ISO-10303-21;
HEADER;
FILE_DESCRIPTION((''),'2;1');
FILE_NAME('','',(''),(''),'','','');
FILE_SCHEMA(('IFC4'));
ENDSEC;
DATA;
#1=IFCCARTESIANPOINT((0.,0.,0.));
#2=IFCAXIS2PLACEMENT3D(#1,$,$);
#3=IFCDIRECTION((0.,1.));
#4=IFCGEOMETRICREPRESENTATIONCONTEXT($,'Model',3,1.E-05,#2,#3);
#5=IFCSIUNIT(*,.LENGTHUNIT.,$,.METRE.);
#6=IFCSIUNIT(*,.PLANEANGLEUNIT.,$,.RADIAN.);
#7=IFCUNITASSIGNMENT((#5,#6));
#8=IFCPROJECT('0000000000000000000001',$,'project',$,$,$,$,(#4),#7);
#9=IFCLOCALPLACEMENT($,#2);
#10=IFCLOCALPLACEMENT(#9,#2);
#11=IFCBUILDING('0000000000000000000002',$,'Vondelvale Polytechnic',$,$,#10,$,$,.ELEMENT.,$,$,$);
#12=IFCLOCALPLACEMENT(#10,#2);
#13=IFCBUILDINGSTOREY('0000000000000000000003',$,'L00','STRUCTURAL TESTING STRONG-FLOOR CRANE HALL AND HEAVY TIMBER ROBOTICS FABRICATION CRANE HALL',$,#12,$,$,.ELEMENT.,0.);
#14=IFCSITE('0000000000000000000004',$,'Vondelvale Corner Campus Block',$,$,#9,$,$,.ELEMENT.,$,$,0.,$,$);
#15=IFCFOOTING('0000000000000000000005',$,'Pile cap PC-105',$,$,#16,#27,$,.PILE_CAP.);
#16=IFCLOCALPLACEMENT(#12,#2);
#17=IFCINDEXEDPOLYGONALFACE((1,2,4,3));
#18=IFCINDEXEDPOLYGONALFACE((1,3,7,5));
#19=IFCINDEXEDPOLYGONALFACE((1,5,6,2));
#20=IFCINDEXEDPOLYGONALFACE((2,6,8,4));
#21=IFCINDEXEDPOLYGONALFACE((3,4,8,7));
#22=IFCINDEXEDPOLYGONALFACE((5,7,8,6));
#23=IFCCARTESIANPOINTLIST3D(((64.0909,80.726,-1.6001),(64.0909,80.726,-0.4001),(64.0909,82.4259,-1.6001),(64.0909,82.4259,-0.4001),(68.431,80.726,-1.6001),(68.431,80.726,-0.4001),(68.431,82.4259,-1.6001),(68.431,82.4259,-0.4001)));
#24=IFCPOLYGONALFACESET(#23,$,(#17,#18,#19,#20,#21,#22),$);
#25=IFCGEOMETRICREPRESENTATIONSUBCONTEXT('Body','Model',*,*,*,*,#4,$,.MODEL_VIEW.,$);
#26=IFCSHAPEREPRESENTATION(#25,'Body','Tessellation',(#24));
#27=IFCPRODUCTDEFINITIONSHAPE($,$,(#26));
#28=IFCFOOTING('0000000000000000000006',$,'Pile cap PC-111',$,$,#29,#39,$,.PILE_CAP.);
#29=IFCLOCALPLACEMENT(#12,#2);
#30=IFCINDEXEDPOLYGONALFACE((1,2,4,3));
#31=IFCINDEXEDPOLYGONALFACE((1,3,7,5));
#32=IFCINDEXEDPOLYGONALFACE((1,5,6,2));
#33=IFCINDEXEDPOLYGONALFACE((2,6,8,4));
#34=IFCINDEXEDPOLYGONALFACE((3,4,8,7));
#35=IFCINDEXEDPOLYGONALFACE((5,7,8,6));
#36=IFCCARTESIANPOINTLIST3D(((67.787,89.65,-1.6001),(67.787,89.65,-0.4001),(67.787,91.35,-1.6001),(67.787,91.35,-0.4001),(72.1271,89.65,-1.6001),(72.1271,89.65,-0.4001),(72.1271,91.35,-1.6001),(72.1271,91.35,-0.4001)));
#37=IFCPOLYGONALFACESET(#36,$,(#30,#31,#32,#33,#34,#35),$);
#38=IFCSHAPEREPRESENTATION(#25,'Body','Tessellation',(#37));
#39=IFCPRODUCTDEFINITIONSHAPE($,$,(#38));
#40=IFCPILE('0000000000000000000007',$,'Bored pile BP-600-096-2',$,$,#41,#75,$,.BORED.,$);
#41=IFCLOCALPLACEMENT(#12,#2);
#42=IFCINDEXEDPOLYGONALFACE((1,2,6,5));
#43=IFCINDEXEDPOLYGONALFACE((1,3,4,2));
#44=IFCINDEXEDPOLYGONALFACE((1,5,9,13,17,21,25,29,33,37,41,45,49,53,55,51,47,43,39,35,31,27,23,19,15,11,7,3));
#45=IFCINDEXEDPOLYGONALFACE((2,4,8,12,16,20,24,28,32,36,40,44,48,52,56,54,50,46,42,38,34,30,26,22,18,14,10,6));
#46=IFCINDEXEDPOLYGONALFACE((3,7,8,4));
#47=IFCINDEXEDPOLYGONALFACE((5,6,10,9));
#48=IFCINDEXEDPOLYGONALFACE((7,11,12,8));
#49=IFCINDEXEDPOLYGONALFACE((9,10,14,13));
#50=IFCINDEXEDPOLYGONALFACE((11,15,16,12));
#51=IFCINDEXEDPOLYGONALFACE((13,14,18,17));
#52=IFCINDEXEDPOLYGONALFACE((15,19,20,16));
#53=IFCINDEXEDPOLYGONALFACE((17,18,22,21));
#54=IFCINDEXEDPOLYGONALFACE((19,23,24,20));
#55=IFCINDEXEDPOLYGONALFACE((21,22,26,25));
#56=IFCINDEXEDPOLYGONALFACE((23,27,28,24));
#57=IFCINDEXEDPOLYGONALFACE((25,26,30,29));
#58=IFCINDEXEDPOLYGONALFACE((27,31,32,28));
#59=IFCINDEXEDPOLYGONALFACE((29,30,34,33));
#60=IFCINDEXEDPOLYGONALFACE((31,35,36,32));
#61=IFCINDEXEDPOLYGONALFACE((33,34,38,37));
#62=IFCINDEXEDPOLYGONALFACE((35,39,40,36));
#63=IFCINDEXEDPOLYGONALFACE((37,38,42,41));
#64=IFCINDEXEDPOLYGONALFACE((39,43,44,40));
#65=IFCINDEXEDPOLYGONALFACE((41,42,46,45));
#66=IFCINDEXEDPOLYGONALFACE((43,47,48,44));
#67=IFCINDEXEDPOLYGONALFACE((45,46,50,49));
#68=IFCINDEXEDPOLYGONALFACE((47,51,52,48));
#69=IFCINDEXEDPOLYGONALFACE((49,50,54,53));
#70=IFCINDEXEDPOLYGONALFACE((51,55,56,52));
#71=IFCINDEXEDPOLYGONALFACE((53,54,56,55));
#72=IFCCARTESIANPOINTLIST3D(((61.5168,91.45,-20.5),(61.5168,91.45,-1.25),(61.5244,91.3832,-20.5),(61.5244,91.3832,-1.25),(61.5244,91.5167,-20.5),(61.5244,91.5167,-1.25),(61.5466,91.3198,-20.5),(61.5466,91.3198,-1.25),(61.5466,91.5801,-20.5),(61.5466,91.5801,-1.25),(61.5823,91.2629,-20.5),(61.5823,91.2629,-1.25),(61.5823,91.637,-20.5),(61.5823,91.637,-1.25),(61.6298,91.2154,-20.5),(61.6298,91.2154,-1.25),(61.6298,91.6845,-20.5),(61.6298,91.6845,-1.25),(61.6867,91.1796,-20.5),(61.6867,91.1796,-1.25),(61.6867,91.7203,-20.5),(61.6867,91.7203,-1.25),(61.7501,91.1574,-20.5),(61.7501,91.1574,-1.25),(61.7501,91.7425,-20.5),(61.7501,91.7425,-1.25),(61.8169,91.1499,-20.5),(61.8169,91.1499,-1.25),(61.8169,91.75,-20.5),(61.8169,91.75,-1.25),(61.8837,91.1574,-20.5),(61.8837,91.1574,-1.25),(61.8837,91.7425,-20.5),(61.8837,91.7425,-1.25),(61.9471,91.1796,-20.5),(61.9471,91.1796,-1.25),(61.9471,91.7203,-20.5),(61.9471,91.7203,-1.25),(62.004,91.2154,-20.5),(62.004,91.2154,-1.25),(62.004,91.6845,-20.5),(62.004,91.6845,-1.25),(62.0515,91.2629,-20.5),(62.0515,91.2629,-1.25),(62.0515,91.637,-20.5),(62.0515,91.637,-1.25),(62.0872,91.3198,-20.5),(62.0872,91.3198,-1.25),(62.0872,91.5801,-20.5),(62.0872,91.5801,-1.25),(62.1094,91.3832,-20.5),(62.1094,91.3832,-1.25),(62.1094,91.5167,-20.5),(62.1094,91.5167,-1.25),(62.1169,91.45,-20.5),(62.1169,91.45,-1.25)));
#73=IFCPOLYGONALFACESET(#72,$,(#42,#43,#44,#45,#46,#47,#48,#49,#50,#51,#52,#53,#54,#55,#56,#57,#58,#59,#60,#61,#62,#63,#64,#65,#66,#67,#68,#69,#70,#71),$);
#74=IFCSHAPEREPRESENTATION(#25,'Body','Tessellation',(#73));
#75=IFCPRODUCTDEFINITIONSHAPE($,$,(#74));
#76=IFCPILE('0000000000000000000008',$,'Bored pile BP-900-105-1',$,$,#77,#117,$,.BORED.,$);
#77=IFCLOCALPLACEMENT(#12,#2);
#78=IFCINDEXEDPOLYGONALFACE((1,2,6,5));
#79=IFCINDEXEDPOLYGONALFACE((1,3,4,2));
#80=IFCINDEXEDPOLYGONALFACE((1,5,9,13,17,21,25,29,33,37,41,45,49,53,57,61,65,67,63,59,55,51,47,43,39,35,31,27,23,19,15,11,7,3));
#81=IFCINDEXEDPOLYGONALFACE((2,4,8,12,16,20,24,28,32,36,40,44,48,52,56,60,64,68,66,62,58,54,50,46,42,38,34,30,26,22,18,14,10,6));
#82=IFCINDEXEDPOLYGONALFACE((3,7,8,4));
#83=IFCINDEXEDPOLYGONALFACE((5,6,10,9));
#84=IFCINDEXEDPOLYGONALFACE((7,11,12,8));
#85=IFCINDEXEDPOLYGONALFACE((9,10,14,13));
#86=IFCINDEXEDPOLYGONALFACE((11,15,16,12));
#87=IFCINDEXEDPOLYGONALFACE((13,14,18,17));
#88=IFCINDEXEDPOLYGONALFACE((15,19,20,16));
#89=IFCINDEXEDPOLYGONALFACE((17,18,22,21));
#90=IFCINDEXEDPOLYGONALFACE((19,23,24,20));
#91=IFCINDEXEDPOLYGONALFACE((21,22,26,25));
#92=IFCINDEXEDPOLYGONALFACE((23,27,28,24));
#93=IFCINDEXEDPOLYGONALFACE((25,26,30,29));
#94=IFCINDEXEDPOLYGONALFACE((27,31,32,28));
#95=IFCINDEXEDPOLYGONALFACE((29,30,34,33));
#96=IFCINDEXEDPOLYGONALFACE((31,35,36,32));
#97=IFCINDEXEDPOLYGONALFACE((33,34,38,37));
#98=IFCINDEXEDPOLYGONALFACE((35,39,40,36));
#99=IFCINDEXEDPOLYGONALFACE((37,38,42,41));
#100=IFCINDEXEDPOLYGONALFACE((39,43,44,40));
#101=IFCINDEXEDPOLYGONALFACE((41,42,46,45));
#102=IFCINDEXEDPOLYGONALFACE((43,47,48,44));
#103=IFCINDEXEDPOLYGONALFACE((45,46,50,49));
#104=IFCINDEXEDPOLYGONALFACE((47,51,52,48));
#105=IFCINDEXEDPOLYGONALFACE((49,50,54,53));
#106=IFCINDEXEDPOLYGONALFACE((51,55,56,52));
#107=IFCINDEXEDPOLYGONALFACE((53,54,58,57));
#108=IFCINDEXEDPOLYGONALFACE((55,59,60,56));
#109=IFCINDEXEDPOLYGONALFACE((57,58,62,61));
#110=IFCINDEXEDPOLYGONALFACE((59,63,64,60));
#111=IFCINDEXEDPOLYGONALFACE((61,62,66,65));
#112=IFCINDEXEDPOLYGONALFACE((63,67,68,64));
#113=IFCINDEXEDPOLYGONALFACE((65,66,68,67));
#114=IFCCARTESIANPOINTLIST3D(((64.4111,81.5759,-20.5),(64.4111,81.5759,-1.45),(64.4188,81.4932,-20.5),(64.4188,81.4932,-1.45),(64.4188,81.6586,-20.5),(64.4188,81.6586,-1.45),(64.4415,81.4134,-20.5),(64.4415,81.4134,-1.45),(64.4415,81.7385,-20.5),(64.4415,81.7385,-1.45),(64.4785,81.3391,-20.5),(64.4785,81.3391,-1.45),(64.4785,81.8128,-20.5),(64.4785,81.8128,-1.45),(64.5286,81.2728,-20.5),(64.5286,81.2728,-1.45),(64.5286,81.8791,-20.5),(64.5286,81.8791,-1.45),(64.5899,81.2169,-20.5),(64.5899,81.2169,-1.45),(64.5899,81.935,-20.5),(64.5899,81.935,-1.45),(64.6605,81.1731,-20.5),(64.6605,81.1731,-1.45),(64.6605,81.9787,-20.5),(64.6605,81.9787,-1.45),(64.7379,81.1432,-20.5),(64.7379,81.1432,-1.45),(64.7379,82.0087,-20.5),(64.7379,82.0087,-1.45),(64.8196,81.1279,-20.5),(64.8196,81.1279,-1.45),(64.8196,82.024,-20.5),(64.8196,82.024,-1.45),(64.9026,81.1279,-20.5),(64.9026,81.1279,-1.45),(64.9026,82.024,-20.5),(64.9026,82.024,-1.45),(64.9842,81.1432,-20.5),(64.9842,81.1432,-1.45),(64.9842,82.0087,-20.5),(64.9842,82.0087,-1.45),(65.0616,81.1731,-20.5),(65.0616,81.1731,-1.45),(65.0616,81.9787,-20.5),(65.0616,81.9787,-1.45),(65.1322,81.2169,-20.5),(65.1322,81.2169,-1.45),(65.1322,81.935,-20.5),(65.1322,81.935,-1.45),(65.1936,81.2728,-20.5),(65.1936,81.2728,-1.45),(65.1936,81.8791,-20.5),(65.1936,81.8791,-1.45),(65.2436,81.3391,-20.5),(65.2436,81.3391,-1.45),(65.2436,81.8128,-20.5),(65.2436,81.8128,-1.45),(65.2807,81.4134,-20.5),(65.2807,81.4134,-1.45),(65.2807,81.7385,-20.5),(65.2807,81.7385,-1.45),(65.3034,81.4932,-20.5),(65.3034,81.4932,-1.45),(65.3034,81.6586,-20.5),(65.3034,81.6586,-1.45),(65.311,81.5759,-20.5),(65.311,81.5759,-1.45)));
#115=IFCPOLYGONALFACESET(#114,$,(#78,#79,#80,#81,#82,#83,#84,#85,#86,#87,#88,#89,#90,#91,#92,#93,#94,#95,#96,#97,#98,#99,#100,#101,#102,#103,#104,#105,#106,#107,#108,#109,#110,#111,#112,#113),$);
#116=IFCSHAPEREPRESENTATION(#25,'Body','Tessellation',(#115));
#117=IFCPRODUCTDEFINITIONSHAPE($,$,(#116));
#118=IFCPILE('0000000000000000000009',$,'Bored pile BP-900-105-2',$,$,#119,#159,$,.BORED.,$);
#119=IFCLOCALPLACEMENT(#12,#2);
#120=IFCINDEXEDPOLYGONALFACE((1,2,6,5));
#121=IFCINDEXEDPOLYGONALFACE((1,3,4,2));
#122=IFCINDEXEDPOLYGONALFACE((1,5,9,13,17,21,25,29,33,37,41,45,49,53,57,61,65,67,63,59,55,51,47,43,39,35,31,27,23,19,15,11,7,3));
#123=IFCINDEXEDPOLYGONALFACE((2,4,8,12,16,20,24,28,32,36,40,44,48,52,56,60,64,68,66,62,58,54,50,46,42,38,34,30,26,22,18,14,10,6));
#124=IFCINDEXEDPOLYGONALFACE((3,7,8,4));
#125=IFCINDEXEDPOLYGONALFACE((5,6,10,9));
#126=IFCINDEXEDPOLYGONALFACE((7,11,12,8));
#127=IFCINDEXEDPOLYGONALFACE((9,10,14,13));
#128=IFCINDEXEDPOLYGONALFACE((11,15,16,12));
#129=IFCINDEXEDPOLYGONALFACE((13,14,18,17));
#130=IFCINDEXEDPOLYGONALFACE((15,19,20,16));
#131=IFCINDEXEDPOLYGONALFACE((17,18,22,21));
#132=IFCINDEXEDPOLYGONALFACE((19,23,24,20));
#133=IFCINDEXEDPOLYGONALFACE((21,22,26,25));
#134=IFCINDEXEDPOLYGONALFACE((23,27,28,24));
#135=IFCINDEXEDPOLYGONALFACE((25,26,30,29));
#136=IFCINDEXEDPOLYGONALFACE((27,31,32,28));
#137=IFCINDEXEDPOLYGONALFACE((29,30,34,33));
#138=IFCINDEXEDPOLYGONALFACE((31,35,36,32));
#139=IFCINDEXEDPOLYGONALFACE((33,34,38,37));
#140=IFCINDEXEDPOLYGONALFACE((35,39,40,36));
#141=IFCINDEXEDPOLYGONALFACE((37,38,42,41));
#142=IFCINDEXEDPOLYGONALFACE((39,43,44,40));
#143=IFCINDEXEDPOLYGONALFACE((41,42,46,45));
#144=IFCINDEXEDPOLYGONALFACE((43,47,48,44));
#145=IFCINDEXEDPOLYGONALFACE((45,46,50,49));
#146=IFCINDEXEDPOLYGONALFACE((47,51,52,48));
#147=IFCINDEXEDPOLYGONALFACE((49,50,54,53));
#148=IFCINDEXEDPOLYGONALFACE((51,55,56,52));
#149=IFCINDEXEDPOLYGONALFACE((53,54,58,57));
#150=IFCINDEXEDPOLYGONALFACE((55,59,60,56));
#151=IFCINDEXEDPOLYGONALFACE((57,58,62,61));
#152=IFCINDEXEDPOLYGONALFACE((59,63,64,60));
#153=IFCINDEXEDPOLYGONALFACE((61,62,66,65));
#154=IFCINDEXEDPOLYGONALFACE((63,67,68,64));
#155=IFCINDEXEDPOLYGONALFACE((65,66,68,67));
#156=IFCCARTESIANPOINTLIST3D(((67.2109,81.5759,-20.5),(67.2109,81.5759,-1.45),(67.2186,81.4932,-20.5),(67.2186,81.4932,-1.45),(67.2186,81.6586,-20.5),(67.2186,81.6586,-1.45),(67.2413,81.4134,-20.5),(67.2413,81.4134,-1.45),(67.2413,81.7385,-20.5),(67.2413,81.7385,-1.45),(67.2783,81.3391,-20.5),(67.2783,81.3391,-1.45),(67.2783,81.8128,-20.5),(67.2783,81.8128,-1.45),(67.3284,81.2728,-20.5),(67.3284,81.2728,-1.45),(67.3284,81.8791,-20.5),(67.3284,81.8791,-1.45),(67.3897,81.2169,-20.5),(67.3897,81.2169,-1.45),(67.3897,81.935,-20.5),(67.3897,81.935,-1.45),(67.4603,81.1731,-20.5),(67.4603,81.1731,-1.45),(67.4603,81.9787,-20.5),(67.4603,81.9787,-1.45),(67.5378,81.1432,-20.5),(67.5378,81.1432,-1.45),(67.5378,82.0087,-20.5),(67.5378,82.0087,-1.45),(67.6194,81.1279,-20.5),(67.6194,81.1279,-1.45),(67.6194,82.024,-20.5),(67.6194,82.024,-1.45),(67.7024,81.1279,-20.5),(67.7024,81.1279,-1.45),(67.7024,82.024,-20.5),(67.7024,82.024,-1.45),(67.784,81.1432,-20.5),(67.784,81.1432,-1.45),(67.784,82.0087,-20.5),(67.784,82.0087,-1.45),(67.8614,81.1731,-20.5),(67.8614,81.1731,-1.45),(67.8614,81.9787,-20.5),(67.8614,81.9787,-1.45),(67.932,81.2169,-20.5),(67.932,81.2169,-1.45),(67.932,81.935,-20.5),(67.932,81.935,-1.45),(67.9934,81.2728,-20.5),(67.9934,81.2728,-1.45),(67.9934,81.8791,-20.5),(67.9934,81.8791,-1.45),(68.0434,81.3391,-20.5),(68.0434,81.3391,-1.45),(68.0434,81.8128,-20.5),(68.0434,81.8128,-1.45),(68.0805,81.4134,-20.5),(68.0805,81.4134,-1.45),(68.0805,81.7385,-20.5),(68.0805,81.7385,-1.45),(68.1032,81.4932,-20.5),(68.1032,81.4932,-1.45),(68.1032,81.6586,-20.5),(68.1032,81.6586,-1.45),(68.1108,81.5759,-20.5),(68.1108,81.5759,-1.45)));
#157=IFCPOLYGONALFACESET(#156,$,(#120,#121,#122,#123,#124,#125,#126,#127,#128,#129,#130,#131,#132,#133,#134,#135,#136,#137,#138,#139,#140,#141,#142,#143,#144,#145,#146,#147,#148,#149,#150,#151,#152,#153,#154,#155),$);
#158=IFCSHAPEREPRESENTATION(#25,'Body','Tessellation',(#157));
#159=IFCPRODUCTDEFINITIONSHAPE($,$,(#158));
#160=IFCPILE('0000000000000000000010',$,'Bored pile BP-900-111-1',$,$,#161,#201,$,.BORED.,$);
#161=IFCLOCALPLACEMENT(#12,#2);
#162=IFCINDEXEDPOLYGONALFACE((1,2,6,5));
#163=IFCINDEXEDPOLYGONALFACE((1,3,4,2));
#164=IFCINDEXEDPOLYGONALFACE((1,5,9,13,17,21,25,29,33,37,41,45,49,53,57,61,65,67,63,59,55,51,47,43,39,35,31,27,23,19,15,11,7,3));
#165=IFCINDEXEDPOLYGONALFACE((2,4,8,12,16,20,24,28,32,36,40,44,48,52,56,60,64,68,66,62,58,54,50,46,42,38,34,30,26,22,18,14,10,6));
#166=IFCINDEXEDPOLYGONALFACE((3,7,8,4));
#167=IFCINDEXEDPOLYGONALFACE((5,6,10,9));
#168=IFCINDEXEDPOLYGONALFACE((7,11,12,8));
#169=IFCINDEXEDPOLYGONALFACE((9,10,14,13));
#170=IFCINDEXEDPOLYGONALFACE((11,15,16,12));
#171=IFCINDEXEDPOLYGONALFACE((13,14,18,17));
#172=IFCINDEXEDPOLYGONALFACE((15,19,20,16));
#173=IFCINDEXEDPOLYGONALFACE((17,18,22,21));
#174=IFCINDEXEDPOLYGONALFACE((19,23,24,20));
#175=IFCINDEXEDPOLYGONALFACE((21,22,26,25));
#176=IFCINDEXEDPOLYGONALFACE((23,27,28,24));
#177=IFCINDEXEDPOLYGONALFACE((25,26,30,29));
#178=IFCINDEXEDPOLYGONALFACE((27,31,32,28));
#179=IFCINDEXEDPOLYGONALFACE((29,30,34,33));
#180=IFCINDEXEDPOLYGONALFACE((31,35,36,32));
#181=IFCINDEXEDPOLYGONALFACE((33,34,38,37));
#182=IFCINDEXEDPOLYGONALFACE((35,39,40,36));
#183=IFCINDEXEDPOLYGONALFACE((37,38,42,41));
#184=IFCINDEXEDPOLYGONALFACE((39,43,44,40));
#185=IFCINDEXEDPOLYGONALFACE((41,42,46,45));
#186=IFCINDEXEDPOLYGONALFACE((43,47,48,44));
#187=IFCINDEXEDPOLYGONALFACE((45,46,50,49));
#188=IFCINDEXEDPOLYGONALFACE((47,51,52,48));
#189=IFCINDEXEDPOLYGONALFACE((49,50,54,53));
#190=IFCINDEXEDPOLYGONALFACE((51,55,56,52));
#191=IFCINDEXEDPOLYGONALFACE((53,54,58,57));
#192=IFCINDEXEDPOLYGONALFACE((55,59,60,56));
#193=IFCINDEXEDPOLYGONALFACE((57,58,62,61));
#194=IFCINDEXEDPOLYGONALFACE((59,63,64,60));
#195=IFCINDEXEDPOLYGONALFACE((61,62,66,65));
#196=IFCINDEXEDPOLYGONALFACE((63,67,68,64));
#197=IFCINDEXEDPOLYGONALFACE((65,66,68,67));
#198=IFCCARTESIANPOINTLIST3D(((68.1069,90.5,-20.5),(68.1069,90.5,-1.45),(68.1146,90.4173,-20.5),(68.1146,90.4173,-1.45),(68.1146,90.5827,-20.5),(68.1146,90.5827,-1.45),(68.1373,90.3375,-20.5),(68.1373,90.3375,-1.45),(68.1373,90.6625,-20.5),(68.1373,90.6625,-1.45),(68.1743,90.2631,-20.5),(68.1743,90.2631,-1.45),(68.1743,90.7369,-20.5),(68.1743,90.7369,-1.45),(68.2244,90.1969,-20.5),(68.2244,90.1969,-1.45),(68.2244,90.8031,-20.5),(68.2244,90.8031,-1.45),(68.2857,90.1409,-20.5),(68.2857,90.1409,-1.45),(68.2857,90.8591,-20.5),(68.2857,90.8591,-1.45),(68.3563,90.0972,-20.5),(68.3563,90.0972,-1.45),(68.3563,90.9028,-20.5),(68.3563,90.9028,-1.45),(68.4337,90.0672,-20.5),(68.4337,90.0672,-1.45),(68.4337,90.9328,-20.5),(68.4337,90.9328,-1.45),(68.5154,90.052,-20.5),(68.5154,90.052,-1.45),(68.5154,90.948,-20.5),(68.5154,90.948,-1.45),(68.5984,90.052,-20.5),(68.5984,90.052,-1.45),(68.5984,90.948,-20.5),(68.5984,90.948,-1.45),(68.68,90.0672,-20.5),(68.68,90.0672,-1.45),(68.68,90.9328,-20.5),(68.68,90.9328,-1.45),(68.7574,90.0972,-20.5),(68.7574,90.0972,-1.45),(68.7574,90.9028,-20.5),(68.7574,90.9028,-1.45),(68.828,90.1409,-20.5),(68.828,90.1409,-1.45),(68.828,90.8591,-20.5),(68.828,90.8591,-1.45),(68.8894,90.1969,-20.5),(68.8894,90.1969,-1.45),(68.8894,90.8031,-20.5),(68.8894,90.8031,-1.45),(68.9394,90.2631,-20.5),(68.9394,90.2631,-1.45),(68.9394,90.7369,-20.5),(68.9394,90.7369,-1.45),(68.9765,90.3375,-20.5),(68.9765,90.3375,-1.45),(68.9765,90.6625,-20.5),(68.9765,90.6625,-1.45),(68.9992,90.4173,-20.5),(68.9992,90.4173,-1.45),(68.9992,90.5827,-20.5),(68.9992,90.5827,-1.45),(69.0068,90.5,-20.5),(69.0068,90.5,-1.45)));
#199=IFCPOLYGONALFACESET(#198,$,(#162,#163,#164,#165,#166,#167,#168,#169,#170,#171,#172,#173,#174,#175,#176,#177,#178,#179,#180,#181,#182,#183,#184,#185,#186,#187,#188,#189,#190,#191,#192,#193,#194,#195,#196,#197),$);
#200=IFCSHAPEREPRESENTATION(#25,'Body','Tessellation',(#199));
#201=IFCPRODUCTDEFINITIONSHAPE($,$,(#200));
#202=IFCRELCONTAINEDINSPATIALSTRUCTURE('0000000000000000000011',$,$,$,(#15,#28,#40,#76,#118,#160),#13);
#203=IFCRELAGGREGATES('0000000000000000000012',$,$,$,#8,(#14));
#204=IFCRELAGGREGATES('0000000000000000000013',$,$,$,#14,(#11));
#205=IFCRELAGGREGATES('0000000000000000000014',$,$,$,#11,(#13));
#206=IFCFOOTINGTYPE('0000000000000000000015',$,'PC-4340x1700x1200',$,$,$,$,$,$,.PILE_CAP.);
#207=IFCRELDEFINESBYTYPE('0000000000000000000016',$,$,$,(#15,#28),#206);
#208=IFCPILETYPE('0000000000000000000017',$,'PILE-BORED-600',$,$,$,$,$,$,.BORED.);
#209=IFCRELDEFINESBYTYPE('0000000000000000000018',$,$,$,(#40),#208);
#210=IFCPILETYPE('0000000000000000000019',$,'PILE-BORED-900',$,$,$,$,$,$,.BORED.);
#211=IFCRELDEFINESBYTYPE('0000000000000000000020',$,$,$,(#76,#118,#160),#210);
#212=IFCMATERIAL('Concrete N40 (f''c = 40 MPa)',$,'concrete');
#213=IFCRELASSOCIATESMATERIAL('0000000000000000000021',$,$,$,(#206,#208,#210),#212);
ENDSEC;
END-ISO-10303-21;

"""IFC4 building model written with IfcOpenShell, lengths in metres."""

from ifc_helpers import new_model, si_unit, direction, frame, origin, origin_2d, place, context, subcontext, project, spatial, rectangle, circle, extrude, material, material_profile, profile_set, type_object, element, save


model = new_model("IFC4")

# Units and contexts
model_context = context("Model", 3, precision=1e-05, world=origin(), true_north=direction((0.0, 1.0)))
body_context = subcontext(model_context, "Body", "Model", "MODEL_VIEW")
ifc_project = project(units=[si_unit("LENGTHUNIT", "METRE"), si_unit("PLANEANGLEUNIT", "RADIAN")], contexts=[model_context])

# Site, building, storey
site_placement = place(None, origin())
site = spatial("IfcSite", under=ifc_project, at=site_placement, Name="Vondelvale Corner Campus Block", CompositionType="ELEMENT", RefElevation=0.0)
building_placement = place(site_placement, origin())
building = spatial("IfcBuilding", under=site, at=building_placement, Name="Vondelvale Polytechnic", CompositionType="ELEMENT")
storey_placement = place(building_placement, origin())
storey = spatial("IfcBuildingStorey", under=building, at=storey_placement, Name="L00", Description="STRUCTURAL TESTING STRONG-FLOOR CRANE HALL AND HEAVY TIMBER ROBOTICS FABRICATION CRANE HALL", CompositionType="ELEMENT", Elevation=0.0)

# Footings
ifc_material_1 = material(Name="Concrete N40 (f'c = 40 MPa)", Category="concrete")
footing_type = type_object("IfcFootingType", Name="PC-4340x1700x1200", PredefinedType="PILE_CAP", material=ifc_material_1)
for number, where, z_axis, x_axis, name in (
    (1, (66.261, 81.5759, -1.6001), (0.0, 0.0, 1.0), (1.0, 0.0, 0.0), "Pile cap PC-105"),
    (2, (69.957, 90.5, -1.6001), (0.0, 0.0, 1.0), (1.0, 0.0, 0.0), "Pile cap PC-111"),
):
    element("IfcFooting", number, at=place(storey_placement, frame(where, z_axis=z_axis, x_axis=x_axis)), inside=storey, type_object=footing_type, Name=name, PredefinedType="PILE_CAP", context=body_context, shape_type="SweptSolid", body=[
        extrude(rectangle(XDim=4.3401, YDim=1.7, at=origin_2d()), origin(), (0.0, 0.0, 1.0), 1.2),
    ])

# Piles
ifc_material_profile_1 = material_profile(ifc_material_1, circle(Radius=0.3, at=origin_2d()), Name="PILE-D600")
ifc_profile_set_1 = profile_set([ifc_material_profile_1], Name="Concrete N40 (f'c = 40 MPa)")
pile_type_1 = type_object("IfcPileType", Name="PILE-BORED-600", PredefinedType="BORED", material=ifc_profile_set_1)
pile_placement = place(storey_placement, frame((61.8169, 91.45, -1.25), z_axis=(0.0, 0.0, -1.0), x_axis=(1.0, 0.0, 0.0)))
element("IfcPile", 3, at=pile_placement, inside=storey, type_object=pile_type_1, Name="Bored pile BP-600-096-2", PredefinedType="BORED", context=body_context, shape_type="SweptSolid", body=[
    extrude(circle(Radius=0.3, at=origin_2d()), origin(), (0.0, 0.0, 1.0), 19.25),
])
ifc_material_profile_2 = material_profile(ifc_material_1, circle(Radius=0.45, at=origin_2d()), Name="PILE-D900")
ifc_profile_set_2 = profile_set([ifc_material_profile_2], Name="Concrete N40 (f'c = 40 MPa)")
pile_type_2 = type_object("IfcPileType", Name="PILE-BORED-900", PredefinedType="BORED", material=ifc_profile_set_2)
for number, where, z_axis, x_axis, name in (
    (4, (64.8611, 81.5759, -1.45), (0.0, 0.0, -1.0), (1.0, 0.0, 0.0), "Bored pile BP-900-105-1"),
    (5, (67.6609, 81.5759, -1.45), (0.0, 0.0, -1.0), (1.0, 0.0, 0.0), "Bored pile BP-900-105-2"),
    (6, (68.5569, 90.5, -1.45), (0.0, 0.0, -1.0), (1.0, 0.0, 0.0), "Bored pile BP-900-111-1"),
):
    element("IfcPile", number, at=place(storey_placement, frame(where, z_axis=z_axis, x_axis=x_axis)), inside=storey, type_object=pile_type_2, Name=name, PredefinedType="BORED", context=body_context, shape_type="SweptSolid", body=[
        extrude(circle(Radius=0.45, at=origin_2d()), origin(), (0.0, 0.0, 1.0), 19.05),
    ])

save(model, "model.ifc")
